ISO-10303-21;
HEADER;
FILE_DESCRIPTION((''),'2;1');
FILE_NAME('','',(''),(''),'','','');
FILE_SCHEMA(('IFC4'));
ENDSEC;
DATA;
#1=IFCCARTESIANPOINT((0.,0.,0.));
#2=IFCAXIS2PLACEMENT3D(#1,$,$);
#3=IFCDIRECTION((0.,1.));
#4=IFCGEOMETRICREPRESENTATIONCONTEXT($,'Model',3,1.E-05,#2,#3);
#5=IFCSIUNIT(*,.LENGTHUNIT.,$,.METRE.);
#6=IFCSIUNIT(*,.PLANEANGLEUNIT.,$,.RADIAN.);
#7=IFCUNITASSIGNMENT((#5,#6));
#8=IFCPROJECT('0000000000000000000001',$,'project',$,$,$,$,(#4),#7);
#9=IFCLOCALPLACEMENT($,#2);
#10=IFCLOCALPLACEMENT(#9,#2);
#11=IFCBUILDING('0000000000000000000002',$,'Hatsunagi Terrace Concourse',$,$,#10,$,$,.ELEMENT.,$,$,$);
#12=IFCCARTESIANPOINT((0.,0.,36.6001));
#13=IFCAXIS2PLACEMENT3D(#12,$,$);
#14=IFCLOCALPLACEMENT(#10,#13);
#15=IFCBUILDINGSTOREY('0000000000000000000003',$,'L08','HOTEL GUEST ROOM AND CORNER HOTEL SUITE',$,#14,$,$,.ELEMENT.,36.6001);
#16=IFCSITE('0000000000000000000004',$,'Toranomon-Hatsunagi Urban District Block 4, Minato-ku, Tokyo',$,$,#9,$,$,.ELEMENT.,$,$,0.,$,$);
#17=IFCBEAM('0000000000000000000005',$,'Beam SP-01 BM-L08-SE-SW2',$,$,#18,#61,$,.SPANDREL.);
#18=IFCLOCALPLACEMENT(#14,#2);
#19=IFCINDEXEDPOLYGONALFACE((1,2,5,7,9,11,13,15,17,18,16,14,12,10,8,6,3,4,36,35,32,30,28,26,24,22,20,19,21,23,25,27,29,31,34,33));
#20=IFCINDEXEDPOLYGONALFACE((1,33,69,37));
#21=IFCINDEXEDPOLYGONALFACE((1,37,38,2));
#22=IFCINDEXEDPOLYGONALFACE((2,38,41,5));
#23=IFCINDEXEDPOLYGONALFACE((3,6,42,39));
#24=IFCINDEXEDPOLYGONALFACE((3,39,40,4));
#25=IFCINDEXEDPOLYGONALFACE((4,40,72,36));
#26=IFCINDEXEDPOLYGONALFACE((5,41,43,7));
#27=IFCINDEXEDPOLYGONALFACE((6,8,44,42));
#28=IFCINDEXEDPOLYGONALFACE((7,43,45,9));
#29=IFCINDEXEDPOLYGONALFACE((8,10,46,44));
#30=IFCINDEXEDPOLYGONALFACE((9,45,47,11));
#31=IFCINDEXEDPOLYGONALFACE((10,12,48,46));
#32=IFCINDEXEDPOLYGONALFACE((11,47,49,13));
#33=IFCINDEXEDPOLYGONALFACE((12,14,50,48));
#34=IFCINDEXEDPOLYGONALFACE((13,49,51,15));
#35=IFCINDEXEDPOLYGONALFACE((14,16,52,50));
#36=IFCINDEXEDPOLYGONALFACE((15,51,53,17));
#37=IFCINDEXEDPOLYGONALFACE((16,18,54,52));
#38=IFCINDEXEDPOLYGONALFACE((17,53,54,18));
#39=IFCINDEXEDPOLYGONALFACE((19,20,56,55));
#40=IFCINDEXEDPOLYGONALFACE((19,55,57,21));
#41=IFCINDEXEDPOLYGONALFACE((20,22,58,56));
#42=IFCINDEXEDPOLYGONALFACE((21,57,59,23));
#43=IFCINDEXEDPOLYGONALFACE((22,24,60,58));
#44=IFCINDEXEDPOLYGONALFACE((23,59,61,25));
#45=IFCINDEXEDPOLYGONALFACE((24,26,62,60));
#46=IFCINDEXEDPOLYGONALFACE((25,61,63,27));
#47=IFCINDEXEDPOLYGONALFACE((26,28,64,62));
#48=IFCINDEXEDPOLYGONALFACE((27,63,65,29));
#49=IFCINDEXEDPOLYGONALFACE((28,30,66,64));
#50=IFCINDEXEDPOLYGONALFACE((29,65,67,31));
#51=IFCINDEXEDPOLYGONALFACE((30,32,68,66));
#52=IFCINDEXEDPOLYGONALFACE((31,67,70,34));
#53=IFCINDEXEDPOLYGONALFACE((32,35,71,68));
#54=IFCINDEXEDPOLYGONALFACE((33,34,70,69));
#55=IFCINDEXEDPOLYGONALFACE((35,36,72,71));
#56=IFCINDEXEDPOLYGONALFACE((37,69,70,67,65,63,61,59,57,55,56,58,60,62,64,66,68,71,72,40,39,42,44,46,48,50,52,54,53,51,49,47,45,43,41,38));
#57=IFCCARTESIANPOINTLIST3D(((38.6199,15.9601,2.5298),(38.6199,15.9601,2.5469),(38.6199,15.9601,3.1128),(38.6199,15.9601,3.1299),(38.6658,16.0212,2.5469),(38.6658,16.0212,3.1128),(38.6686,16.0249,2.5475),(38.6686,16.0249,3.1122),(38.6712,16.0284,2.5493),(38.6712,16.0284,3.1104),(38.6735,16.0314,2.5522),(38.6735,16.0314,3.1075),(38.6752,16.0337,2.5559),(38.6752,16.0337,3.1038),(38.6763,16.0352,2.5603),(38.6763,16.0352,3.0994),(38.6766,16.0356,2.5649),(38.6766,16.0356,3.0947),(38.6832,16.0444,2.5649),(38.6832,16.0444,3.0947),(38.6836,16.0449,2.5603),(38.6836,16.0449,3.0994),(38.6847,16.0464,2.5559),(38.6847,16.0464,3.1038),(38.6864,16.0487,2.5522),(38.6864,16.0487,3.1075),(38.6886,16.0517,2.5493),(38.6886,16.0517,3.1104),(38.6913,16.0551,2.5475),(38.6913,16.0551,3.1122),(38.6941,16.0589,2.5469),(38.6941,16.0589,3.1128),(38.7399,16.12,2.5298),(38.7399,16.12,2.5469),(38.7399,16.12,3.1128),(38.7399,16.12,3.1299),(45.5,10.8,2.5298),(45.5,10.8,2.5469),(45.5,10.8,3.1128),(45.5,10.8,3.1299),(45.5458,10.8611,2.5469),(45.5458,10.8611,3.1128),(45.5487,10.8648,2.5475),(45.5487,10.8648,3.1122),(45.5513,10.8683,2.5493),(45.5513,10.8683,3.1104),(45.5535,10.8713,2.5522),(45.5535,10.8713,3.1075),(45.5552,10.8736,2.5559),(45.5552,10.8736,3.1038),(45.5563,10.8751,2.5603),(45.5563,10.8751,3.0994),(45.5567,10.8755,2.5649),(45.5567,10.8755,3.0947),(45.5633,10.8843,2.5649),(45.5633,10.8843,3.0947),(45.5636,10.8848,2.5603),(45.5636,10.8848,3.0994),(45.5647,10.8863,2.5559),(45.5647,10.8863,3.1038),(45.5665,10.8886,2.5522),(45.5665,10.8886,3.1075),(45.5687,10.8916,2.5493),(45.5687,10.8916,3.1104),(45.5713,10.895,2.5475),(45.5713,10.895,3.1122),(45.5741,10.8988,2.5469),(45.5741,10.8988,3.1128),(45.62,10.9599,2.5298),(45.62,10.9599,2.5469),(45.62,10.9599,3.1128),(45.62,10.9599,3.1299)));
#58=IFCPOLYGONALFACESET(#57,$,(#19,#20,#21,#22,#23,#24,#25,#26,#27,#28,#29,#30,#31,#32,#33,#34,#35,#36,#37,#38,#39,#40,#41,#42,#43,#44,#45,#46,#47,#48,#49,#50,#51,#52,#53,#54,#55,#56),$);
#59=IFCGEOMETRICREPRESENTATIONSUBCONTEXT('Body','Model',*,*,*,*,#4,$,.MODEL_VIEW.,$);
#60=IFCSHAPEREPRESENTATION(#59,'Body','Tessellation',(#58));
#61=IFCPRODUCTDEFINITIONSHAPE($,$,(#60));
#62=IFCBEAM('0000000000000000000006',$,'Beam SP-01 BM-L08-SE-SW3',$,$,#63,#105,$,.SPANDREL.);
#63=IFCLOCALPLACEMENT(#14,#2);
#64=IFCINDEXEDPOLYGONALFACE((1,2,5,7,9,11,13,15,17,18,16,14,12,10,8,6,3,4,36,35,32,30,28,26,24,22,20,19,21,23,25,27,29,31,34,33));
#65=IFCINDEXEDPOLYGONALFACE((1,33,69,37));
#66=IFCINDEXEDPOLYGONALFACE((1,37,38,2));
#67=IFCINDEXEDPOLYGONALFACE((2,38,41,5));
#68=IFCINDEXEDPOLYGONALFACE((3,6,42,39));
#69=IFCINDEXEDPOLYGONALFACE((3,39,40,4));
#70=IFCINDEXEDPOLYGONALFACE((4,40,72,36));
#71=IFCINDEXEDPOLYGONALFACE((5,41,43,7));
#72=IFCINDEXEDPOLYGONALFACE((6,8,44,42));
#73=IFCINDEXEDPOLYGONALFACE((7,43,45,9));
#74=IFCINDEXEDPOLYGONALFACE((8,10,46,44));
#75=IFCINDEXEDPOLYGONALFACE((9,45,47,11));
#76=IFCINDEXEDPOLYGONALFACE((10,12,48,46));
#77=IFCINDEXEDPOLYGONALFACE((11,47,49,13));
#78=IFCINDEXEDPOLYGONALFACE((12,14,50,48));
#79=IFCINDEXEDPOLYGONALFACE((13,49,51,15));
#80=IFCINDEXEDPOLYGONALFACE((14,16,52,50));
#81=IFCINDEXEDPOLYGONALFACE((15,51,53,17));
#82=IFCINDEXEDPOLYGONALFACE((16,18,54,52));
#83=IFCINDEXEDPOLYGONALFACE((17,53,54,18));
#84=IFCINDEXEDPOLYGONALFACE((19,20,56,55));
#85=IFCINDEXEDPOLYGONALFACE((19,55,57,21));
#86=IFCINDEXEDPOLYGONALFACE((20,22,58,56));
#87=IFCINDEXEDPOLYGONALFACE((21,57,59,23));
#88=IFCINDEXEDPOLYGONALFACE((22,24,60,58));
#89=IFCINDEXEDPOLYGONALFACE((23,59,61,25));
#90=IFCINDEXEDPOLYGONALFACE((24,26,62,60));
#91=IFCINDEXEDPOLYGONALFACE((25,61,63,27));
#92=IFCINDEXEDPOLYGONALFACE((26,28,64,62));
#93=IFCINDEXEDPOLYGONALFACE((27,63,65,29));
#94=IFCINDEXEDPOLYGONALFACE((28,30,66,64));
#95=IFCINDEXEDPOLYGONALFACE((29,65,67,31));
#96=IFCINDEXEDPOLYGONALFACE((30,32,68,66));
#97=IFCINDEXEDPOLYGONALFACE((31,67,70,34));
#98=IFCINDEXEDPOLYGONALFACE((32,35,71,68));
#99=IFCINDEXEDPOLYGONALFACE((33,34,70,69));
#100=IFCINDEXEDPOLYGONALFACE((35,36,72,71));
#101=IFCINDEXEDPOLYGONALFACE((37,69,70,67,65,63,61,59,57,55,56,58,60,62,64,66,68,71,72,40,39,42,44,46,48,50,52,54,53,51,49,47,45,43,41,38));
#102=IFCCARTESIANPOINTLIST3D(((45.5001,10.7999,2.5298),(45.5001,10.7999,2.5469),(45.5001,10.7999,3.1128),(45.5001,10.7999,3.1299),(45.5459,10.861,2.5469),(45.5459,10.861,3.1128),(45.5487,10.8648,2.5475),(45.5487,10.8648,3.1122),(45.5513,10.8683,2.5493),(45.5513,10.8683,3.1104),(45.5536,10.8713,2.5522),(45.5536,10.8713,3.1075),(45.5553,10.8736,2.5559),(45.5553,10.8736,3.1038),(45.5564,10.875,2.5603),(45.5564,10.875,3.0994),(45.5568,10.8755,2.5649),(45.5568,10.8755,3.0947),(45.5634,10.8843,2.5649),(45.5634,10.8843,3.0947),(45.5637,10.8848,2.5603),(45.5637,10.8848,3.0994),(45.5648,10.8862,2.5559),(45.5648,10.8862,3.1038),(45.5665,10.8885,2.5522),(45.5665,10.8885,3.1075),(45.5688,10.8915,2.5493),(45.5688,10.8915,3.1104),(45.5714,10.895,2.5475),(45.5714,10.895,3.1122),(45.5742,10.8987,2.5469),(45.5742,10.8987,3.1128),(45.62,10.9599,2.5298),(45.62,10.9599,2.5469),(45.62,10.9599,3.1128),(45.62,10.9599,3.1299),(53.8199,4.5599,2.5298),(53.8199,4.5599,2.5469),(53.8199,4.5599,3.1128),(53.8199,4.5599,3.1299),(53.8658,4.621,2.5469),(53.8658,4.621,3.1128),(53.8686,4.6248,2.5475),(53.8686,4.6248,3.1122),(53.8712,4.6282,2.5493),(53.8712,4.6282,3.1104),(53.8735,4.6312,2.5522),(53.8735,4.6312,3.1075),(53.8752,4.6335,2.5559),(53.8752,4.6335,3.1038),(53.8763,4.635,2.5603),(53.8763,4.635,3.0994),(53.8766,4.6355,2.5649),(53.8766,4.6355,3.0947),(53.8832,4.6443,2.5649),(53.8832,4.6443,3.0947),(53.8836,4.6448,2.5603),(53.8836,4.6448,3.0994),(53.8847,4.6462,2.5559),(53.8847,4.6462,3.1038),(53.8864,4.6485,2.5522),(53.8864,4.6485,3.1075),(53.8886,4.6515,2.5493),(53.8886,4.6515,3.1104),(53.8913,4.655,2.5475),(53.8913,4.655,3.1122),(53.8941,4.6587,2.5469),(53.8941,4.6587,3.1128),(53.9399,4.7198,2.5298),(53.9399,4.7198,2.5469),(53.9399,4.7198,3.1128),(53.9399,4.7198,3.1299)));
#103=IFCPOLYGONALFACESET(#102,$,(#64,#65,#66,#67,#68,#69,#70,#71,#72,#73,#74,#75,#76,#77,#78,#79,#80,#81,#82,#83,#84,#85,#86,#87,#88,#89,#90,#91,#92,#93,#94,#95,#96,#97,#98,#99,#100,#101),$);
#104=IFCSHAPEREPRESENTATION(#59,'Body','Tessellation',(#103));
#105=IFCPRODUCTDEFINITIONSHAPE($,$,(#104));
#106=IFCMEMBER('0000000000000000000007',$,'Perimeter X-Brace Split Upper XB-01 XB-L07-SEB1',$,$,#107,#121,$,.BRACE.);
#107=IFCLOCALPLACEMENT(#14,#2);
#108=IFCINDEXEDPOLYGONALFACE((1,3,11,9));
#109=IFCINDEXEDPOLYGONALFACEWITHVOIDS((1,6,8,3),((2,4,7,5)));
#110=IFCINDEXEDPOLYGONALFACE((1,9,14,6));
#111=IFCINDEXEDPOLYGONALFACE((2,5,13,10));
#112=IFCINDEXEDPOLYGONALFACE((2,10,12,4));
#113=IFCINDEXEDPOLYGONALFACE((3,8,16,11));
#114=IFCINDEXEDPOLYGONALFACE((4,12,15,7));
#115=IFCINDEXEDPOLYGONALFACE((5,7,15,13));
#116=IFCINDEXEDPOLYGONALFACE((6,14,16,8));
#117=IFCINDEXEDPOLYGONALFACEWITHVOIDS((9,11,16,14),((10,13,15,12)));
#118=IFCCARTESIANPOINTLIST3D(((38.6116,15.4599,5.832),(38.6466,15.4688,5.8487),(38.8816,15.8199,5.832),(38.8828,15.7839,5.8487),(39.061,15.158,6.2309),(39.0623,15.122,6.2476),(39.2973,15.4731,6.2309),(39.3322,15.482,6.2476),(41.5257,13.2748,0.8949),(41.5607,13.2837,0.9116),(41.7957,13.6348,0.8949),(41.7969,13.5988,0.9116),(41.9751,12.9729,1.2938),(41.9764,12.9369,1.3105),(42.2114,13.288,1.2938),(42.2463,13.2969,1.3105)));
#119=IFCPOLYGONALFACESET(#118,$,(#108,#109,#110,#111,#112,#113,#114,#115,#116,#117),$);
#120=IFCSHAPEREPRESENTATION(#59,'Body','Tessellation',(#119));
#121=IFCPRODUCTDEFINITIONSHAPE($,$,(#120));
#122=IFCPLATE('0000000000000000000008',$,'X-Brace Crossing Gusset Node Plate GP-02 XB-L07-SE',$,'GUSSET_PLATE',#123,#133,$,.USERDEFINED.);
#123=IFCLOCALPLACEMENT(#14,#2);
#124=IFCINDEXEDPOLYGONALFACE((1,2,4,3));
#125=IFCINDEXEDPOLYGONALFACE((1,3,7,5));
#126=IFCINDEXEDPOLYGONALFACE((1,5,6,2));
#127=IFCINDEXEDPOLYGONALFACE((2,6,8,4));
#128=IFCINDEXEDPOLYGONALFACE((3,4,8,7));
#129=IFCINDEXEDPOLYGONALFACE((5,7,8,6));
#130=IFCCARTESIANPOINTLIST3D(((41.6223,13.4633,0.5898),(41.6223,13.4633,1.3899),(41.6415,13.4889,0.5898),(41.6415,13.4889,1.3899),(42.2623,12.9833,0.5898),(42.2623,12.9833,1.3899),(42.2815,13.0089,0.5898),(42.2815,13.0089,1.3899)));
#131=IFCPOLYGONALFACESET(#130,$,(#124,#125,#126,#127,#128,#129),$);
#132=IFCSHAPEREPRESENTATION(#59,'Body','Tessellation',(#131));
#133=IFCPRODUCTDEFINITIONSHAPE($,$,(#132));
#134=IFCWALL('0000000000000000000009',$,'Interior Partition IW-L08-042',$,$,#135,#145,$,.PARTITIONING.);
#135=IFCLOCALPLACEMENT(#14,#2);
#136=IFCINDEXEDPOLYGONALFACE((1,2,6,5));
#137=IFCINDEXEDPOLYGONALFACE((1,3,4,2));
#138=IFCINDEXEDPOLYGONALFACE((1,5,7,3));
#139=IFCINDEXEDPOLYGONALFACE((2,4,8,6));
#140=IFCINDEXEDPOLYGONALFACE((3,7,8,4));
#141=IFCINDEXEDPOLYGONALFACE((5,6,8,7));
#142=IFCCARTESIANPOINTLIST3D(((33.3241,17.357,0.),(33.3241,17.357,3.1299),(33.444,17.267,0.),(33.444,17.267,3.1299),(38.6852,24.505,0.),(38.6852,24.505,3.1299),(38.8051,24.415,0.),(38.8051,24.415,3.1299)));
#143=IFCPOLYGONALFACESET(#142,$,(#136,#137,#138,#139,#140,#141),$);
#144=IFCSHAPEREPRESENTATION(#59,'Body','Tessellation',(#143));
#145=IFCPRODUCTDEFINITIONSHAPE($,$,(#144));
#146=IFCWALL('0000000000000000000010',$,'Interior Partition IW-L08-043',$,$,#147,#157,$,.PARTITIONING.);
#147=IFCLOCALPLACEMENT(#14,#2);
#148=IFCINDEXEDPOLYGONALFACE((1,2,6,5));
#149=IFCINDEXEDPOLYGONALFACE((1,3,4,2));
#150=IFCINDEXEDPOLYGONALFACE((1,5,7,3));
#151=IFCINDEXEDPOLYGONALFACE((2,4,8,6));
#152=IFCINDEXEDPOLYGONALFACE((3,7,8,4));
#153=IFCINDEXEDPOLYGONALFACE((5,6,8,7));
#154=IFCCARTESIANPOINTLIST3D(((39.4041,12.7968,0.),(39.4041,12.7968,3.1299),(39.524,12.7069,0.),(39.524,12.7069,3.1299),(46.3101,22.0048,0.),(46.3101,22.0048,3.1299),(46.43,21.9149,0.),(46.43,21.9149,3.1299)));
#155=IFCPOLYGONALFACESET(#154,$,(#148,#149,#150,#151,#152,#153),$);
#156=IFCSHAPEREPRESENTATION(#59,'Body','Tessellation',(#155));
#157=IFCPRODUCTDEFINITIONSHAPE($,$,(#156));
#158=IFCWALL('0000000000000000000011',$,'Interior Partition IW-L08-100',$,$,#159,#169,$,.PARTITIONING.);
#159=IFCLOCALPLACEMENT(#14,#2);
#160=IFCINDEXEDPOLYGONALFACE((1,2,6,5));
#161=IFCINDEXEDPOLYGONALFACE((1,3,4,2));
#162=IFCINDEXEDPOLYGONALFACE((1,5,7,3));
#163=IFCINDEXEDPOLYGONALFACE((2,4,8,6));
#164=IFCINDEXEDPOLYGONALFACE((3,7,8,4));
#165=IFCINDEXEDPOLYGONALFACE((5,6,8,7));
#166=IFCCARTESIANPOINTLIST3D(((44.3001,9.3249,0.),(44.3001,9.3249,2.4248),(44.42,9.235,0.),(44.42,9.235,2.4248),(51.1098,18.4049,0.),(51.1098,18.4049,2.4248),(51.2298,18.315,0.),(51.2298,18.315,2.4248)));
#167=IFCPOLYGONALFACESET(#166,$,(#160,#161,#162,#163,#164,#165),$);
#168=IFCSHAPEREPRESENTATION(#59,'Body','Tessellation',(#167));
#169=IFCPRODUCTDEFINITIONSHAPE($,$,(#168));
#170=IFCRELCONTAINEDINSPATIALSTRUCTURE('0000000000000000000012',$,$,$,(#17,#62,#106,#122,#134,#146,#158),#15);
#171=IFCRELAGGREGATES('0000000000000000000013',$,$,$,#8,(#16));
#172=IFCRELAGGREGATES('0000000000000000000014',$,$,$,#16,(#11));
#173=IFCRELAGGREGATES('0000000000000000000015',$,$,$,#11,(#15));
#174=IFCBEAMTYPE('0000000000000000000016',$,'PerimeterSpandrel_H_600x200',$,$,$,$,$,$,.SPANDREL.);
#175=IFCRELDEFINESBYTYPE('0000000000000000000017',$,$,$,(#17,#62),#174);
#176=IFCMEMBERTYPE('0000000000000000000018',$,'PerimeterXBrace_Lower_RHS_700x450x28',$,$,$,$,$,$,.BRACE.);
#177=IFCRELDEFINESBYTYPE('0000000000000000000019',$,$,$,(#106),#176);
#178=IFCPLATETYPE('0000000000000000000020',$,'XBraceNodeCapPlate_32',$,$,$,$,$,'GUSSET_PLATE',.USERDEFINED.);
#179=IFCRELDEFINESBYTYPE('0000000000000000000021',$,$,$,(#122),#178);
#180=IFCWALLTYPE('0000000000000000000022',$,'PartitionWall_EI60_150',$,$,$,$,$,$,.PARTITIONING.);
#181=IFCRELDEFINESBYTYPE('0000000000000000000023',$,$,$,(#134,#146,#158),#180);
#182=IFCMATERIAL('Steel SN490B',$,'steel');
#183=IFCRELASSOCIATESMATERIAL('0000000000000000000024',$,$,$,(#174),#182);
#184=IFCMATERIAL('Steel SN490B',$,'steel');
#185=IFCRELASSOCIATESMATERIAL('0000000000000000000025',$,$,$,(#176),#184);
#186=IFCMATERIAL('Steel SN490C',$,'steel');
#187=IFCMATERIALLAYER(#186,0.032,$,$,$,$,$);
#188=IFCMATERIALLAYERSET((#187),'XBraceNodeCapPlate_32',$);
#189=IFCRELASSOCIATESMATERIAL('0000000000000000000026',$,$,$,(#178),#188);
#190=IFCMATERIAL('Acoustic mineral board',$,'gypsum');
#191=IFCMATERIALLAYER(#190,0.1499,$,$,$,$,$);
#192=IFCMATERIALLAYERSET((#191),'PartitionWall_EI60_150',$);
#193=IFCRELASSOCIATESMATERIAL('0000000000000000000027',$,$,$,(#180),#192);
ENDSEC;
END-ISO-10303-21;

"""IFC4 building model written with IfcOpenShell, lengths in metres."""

from ifc_helpers import new_model, si_unit, direction, frame, frame_2d, origin, origin_2d, place, context, subcontext, project, spatial, rectangle, hollow_rectangle, i_section, extrude, material, layer, layer_set, material_profile, profile_set, type_object, element, save


model = new_model("IFC4")

# Units and contexts
model_context = context("Model", 3, precision=1e-05, world=origin(), true_north=direction((0.0, 1.0)))
body_context = subcontext(model_context, "Body", "Model", "MODEL_VIEW")
ifc_project = project(units=[si_unit("LENGTHUNIT", "METRE"), si_unit("PLANEANGLEUNIT", "RADIAN")], contexts=[model_context])

# Site, building, storey
site_placement = place(None, origin())
site = spatial("IfcSite", under=ifc_project, at=site_placement, Name="Toranomon-Hatsunagi Urban District Block 4, Minato-ku, Tokyo", CompositionType="ELEMENT", RefElevation=0.0)
building_placement = place(site_placement, origin())
building = spatial("IfcBuilding", under=site, at=building_placement, Name="Hatsunagi Terrace Concourse", CompositionType="ELEMENT")
storey_placement = place(building_placement, frame((0.0, 0.0, 36.6001)))
storey = spatial("IfcBuildingStorey", under=building, at=storey_placement, Name="L08", Description="HOTEL GUEST ROOM AND CORNER HOTEL SUITE", CompositionType="ELEMENT", Elevation=36.6001)

# Beams
ifc_material_1 = material(Name="Steel SN490B", Category="steel")
ifc_material_profile_1 = material_profile(ifc_material_1, i_section(OverallWidth=0.2, OverallDepth=0.6001, WebThickness=0.011, FlangeThickness=0.0171, FilletRadius=0.0181, at=origin_2d()), Name="H-600x200x11x17")
ifc_profile_set_1 = profile_set([ifc_material_profile_1], Name="Steel SN490B")
beam_type_1 = type_object("IfcBeamType", Name="PerimeterSpandrel_H_600x200", PredefinedType="SPANDREL", material=ifc_profile_set_1)
beam_1_placement = place(storey_placement, frame((38.6799, 16.04, 2.8298), z_axis=(0.799997, -0.600005, 0.0), x_axis=(0.600005, 0.799997, 0.0)))
element("IfcBeam", 1, at=beam_1_placement, inside=storey, type_object=beam_type_1, Name="Beam SP-01 BM-L08-SE-SW2", PredefinedType="SPANDREL", context=body_context, shape_type="SweptSolid", body=[
    extrude(i_section(OverallWidth=0.2, OverallDepth=0.6001, WebThickness=0.011, FlangeThickness=0.0171, FilletRadius=0.0181, at=origin_2d()), origin(), (0.0, 0.0, 1.0), 8.6001),
])
beam_2_placement = place(storey_placement, frame((45.5601, 10.8799, 2.8298), z_axis=(0.799994, -0.600008, 0.0), x_axis=(0.600008, 0.799994, 0.0)))
element("IfcBeam", 2, at=beam_2_placement, inside=storey, type_object=beam_type_1, Name="Beam SP-01 BM-L08-SE-SW3", PredefinedType="SPANDREL", context=body_context, shape_type="SweptSolid", body=[
    extrude(i_section(OverallWidth=0.2, OverallDepth=0.6001, WebThickness=0.011, FlangeThickness=0.0171, FilletRadius=0.0181, at=origin_2d()), origin(), (0.0, 0.0, 1.0), 10.3999),
])

# Member
ifc_material_2 = material(Name="Steel SN490B", Category="steel")
ifc_material_profile_2 = material_profile(ifc_material_2, hollow_rectangle(XDim=0.45, YDim=0.7, WallThickness=0.0281, at=origin_2d()), Name="RHS-700x450x28")
ifc_profile_set_2 = profile_set([ifc_material_profile_2], Name="Steel SN490B")
member_type = type_object("IfcMemberType", Name="PerimeterXBrace_Lower_RHS_700x450x28", PredefinedType="BRACE", material=ifc_profile_set_2)
member_placement = place(storey_placement, frame((38.9719, 15.4709, 6.0398), z_axis=(0.474977, -0.356153, -0.804706), x_axis=(0.599914, 0.800064, 0.0)))
element("IfcMember", 3, at=member_placement, inside=storey, type_object=member_type, Name="Perimeter X-Brace Split Upper XB-01 XB-L07-SEB1", PredefinedType="BRACE", context=body_context, shape_type="SweptSolid", body=[
    extrude(hollow_rectangle(XDim=0.45, YDim=0.7, WallThickness=0.0281, at=origin_2d()), origin(), (0.0, 0.0, 1.0), 6.1353),
])

# Plate
ifc_material_3 = material(Name="Steel SN490C", Category="steel")
ifc_layer_1 = layer(ifc_material_3, 0.032)
ifc_layer_set_1 = layer_set([ifc_layer_1], Name="XBraceNodeCapPlate_32")
plate_type = type_object("IfcPlateType", Name="XBraceNodeCapPlate_32", ElementType="GUSSET_PLATE", PredefinedType="USERDEFINED", material=ifc_layer_set_1)
plate_placement = place(storey_placement, frame((41.9519, 13.2361, 0.5898), z_axis=(0.0, 0.0, 1.0), x_axis=(0.8, -0.6, 0.0)))
element("IfcPlate", 4, at=plate_placement, inside=storey, type_object=plate_type, Name="X-Brace Crossing Gusset Node Plate GP-02 XB-L07-SE", ObjectType="GUSSET_PLATE", PredefinedType="USERDEFINED", context=body_context, shape_type="SweptSolid", body=[
    extrude(rectangle(XDim=0.8, YDim=0.032, at=origin_2d()), origin(), (0.0, 0.0, 1.0), 0.8),
])

# Walls
ifc_material_4 = material(Name="Acoustic mineral board", Category="gypsum")
ifc_layer_2 = layer(ifc_material_4, 0.1499)
ifc_layer_set_2 = layer_set([ifc_layer_2], Name="PartitionWall_EI60_150")
wall_type = type_object("IfcWallType", Name="PartitionWall_EI60_150", PredefinedType="PARTITIONING", material=ifc_layer_set_2)
wall_1_placement = place(storey_placement, frame((33.384, 17.312, 0.0), z_axis=(0.0, 0.0, 1.0), x_axis=(0.600009, 0.799993, 0.0)))
element("IfcWall", 5, at=wall_1_placement, inside=storey, type_object=wall_type, Name="Interior Partition IW-L08-042", PredefinedType="PARTITIONING", context=body_context, shape_type="SweptSolid", body=[
    extrude(rectangle(XDim=8.9351, YDim=0.1499, at=frame_2d((4.4675, 0.0))), origin(), (0.0, 0.0, 1.0), 3.1299),
])
wall_2_placement = place(storey_placement, frame((39.4641, 12.752, 0.0), z_axis=(0.0, 0.0, 1.0), x_axis=(0.6, 0.8, 0.0)))
element("IfcWall", 6, at=wall_2_placement, inside=storey, type_object=wall_type, Name="Interior Partition IW-L08-043", PredefinedType="PARTITIONING", context=body_context, shape_type="SweptSolid", body=[
    extrude(rectangle(XDim=11.51, YDim=0.1499, at=frame_2d((5.7549, 0.0))), origin(), (0.0, 0.0, 1.0), 3.1299),
])
wall_3_placement = place(storey_placement, frame((44.3601, 9.28, 0.0), z_axis=(0.0, 0.0, 1.0), x_axis=(0.599986, 0.80001, 0.0)))
element("IfcWall", 7, at=wall_3_placement, inside=storey, type_object=wall_type, Name="Interior Partition IW-L08-100", PredefinedType="PARTITIONING", context=body_context, shape_type="SweptSolid", body=[
    extrude(rectangle(XDim=11.3499, YDim=0.1499, at=frame_2d((5.6748, 0.0))), origin(), (0.0, 0.0, 1.0), 2.4248),
])

save(model, "model.ifc")
